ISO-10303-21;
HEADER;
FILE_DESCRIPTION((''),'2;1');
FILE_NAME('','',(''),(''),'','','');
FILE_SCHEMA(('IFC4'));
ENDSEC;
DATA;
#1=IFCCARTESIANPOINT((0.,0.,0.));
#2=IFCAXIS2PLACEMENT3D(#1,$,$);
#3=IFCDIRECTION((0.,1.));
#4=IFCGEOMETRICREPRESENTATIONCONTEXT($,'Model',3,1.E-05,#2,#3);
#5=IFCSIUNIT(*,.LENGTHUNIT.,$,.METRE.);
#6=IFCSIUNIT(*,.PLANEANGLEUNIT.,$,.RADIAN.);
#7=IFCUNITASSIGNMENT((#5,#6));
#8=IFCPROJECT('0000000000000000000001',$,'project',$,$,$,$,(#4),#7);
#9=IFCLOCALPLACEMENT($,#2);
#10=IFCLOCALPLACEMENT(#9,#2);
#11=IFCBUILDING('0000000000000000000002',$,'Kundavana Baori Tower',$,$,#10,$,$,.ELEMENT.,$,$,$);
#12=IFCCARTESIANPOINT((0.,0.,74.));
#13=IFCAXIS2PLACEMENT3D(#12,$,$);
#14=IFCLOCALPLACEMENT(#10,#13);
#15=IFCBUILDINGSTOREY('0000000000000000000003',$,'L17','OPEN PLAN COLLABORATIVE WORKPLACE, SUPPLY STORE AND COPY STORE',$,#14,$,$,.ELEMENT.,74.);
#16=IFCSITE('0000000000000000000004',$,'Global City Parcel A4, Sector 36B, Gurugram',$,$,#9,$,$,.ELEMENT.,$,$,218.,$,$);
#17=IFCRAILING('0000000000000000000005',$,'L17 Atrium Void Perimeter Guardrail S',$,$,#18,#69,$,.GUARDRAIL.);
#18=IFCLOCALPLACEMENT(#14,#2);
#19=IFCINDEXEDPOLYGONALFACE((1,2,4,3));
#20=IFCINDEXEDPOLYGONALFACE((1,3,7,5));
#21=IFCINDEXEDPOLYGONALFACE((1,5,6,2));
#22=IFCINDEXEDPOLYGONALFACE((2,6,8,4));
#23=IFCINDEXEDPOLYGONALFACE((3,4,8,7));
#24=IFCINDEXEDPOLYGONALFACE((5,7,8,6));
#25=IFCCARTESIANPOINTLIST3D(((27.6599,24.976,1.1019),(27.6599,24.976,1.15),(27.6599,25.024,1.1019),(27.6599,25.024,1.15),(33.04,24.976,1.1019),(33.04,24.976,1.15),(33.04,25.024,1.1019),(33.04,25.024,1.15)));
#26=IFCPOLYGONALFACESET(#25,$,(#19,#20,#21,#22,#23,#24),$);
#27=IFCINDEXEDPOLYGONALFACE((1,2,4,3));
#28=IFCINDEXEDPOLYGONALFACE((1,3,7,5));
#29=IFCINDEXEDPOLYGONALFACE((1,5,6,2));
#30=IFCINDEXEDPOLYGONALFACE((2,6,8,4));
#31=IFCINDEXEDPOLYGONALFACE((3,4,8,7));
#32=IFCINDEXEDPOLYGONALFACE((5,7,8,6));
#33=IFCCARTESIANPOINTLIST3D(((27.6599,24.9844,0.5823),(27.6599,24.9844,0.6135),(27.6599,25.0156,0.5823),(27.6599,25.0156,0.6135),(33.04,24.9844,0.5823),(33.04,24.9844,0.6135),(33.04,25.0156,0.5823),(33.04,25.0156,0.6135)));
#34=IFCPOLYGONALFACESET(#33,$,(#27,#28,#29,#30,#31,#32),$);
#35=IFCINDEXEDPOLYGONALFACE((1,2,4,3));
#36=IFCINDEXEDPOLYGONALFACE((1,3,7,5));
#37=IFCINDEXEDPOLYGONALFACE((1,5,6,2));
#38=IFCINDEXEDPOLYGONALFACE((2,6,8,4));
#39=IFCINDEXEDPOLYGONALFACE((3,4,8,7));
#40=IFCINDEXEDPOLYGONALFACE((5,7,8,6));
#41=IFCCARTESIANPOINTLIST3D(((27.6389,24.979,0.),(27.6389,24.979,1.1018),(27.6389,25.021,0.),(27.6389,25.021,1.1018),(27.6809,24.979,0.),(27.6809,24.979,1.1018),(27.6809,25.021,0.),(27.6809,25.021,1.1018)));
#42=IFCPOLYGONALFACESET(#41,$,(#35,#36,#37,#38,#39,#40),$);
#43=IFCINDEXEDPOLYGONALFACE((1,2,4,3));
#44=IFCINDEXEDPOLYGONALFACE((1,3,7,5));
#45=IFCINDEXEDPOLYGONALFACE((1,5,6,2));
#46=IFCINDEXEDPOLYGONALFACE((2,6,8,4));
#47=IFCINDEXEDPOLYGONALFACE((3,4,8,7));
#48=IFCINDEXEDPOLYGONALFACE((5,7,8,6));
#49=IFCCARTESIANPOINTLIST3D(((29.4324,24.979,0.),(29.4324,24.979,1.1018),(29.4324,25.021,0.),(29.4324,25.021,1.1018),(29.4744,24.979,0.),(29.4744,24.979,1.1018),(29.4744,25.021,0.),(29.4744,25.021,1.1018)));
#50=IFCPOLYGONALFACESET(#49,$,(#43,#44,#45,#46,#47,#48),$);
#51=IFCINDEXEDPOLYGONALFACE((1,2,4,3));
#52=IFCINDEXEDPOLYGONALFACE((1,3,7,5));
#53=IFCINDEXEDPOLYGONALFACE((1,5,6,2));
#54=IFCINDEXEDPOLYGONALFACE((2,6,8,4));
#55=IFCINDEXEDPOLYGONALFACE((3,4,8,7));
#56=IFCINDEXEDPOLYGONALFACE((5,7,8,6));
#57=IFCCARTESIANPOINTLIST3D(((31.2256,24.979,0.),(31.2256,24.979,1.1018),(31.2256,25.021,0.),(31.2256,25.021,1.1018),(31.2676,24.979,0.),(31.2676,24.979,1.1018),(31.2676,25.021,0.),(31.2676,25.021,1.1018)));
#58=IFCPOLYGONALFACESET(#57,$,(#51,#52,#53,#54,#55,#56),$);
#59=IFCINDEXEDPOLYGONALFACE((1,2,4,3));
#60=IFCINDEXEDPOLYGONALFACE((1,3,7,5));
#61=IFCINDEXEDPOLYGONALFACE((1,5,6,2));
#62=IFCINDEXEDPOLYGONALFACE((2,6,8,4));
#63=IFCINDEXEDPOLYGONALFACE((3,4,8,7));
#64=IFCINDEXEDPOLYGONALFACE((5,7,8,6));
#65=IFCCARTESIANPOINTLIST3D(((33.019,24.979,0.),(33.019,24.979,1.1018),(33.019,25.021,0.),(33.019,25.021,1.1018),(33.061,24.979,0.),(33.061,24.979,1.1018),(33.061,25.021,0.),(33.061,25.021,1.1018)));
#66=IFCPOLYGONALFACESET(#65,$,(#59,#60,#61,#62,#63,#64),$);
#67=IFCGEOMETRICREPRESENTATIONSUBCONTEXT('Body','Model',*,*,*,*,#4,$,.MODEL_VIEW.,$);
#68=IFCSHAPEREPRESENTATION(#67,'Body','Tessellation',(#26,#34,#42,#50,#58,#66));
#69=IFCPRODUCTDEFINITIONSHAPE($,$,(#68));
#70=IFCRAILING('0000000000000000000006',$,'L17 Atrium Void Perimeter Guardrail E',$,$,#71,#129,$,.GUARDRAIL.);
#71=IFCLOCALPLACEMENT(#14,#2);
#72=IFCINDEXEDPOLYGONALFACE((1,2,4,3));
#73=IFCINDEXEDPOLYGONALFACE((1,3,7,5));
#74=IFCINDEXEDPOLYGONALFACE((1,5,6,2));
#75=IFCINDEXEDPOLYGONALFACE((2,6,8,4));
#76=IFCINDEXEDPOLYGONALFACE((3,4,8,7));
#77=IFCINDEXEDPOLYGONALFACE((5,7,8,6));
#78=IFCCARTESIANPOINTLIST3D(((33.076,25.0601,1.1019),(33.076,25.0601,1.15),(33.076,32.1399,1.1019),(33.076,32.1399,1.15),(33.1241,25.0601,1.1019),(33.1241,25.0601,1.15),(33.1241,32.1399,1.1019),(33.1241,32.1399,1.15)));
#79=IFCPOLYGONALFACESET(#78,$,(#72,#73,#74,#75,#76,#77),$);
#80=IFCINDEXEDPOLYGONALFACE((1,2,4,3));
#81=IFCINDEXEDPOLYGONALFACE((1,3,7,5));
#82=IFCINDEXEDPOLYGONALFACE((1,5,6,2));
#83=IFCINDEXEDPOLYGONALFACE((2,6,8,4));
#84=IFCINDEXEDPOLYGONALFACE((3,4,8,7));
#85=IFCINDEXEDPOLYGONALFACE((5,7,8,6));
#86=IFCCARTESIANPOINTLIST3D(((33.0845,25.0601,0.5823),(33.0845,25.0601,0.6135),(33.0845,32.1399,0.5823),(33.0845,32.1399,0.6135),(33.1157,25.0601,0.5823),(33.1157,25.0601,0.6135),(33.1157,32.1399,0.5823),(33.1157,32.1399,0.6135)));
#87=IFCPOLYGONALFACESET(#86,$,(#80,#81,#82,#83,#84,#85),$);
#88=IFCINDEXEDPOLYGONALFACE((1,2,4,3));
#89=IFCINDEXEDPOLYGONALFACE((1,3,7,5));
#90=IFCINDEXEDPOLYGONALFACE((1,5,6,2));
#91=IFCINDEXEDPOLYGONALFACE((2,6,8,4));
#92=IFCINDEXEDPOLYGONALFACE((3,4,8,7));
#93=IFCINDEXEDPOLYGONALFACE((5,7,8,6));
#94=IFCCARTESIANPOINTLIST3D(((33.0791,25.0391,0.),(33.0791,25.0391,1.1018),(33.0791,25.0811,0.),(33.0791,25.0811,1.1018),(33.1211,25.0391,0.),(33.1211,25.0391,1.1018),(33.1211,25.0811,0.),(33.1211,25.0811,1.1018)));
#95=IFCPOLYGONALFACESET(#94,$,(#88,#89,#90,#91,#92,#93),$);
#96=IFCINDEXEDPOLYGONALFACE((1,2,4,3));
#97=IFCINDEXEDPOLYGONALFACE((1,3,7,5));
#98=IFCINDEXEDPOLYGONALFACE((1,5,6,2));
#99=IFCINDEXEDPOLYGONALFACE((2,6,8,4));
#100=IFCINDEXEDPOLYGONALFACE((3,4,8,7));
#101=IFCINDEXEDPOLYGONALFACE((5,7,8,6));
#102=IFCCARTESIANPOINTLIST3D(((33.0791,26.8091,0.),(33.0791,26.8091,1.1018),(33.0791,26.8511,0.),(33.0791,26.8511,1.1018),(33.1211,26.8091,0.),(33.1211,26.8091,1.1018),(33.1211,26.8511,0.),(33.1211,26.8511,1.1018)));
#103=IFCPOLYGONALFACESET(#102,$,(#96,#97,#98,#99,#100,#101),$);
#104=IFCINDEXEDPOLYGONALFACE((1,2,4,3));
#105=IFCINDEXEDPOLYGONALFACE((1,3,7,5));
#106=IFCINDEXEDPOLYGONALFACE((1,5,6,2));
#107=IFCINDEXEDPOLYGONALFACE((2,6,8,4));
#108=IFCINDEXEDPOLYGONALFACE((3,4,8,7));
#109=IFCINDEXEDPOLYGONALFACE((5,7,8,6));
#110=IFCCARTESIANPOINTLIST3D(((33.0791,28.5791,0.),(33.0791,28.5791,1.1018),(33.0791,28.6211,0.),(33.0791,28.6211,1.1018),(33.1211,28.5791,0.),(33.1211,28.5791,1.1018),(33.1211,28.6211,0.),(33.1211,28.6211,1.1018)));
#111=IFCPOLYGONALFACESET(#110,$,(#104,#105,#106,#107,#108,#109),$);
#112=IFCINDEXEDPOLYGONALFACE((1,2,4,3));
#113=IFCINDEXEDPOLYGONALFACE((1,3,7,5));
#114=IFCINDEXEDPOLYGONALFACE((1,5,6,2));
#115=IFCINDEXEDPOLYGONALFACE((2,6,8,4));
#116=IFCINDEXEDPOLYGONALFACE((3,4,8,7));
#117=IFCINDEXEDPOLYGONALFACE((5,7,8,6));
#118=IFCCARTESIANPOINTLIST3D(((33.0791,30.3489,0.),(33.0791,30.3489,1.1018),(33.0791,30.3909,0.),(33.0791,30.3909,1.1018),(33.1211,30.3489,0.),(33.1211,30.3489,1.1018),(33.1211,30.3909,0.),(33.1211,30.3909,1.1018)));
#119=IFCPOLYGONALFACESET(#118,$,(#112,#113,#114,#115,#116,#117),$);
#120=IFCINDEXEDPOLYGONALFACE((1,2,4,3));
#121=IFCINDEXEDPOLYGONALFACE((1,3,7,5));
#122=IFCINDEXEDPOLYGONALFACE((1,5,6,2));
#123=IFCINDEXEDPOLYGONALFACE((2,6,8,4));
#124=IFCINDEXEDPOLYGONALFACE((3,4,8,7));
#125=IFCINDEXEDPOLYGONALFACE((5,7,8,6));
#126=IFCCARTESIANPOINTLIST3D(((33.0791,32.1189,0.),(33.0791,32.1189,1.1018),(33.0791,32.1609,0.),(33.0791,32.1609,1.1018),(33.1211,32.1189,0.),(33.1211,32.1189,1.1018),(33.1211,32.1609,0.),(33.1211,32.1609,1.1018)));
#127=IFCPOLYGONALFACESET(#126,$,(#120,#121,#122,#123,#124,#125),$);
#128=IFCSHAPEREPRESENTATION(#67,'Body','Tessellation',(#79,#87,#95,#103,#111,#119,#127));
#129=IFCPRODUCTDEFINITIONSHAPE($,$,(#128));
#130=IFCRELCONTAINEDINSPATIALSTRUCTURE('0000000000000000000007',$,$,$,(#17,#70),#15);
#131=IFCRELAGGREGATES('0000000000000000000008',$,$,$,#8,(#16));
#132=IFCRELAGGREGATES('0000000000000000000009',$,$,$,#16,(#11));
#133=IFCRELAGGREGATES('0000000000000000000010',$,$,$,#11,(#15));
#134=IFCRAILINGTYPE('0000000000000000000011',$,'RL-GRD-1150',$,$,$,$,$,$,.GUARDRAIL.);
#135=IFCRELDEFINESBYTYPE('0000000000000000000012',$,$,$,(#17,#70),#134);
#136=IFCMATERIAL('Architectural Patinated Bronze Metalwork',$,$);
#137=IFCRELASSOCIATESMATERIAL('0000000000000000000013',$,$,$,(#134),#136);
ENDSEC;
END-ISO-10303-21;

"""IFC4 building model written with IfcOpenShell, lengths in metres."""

from ifc_helpers import new_model, si_unit, direction, frame, origin, origin_2d, place, context, subcontext, project, spatial, rectangle, extrude, material, type_object, element, save


model = new_model("IFC4")

# Units and contexts
model_context = context("Model", 3, precision=1e-05, world=origin(), true_north=direction((0.0, 1.0)))
body_context = subcontext(model_context, "Body", "Model", "MODEL_VIEW")
ifc_project = project(units=[si_unit("LENGTHUNIT", "METRE"), si_unit("PLANEANGLEUNIT", "RADIAN")], contexts=[model_context])

# Site, building, storey
site_placement = place(None, origin())
site = spatial("IfcSite", under=ifc_project, at=site_placement, Name="Global City Parcel A4, Sector 36B, Gurugram", CompositionType="ELEMENT", RefElevation=218.0)
building_placement = place(site_placement, origin())
building = spatial("IfcBuilding", under=site, at=building_placement, Name="Kundavana Baori Tower", CompositionType="ELEMENT")
storey_placement = place(building_placement, frame((0.0, 0.0, 74.0)))
storey = spatial("IfcBuildingStorey", under=building, at=storey_placement, Name="L17", Description="OPEN PLAN COLLABORATIVE WORKPLACE, SUPPLY STORE AND COPY STORE", CompositionType="ELEMENT", Elevation=74.0)

# Railings
ifc_material_1 = material(Name="Architectural Patinated Bronze Metalwork")
railing_type = type_object("IfcRailingType", Name="RL-GRD-1150", PredefinedType="GUARDRAIL", material=ifc_material_1)
railing_1_placement = place(storey_placement, frame((27.6599, 25.0, 0.0)))
element("IfcRailing", 1, at=railing_1_placement, inside=storey, type_object=railing_type, Name="L17 Atrium Void Perimeter Guardrail S", PredefinedType="GUARDRAIL", context=body_context, shape_type="SweptSolid", body=[
    extrude(rectangle(XDim=0.0481, YDim=0.0481, at=origin_2d()), frame((0.0, 0.0, 1.126), z_axis=(1.0, 0.0, 0.0), x_axis=(0.0, 1.0, 0.0)), (0.0, 0.0, 1.0), 5.3801),
    extrude(rectangle(XDim=0.0312, YDim=0.0312, at=origin_2d()), frame((0.0, 0.0, 0.5979), z_axis=(1.0, 0.0, 0.0), x_axis=(0.0, 1.0, 0.0)), (0.0, 0.0, 1.0), 5.3801),
    extrude(rectangle(XDim=0.042, YDim=0.042, at=origin_2d()), origin(), (0.0, 0.0, 1.0), 1.1018),
    extrude(rectangle(XDim=0.042, YDim=0.042, at=origin_2d()), frame((1.7935, 0.0, 0.0)), (0.0, 0.0, 1.0), 1.1018),
    extrude(rectangle(XDim=0.042, YDim=0.042, at=origin_2d()), frame((3.5867, 0.0, 0.0)), (0.0, 0.0, 1.0), 1.1018),
    extrude(rectangle(XDim=0.042, YDim=0.042, at=origin_2d()), frame((5.3801, 0.0, 0.0)), (0.0, 0.0, 1.0), 1.1018),
])
railing_2_placement = place(storey_placement, frame((33.1001, 25.0601, 0.0)))
element("IfcRailing", 2, at=railing_2_placement, inside=storey, type_object=railing_type, Name="L17 Atrium Void Perimeter Guardrail E", PredefinedType="GUARDRAIL", context=body_context, shape_type="SweptSolid", body=[
    extrude(rectangle(XDim=0.0481, YDim=0.0481, at=origin_2d()), frame((0.0, 0.0, 1.126), z_axis=(0.0, 1.0, 0.0), x_axis=(-1.0, 0.0, 0.0)), (0.0, 0.0, 1.0), 7.0798),
    extrude(rectangle(XDim=0.0312, YDim=0.0312, at=origin_2d()), frame((0.0, 0.0, 0.5979), z_axis=(0.0, 1.0, 0.0), x_axis=(-1.0, 0.0, 0.0)), (0.0, 0.0, 1.0), 7.0798),
    extrude(rectangle(XDim=0.042, YDim=0.042, at=origin_2d()), origin(), (0.0, 0.0, 1.0), 1.1018),
    extrude(rectangle(XDim=0.042, YDim=0.042, at=origin_2d()), frame((0.0, 1.77, 0.0)), (0.0, 0.0, 1.0), 1.1018),
    extrude(rectangle(XDim=0.042, YDim=0.042, at=origin_2d()), frame((0.0, 3.54, 0.0)), (0.0, 0.0, 1.0), 1.1018),
    extrude(rectangle(XDim=0.042, YDim=0.042, at=origin_2d()), frame((0.0, 5.3098, 0.0)), (0.0, 0.0, 1.0), 1.1018),
    extrude(rectangle(XDim=0.042, YDim=0.042, at=origin_2d()), frame((0.0, 7.0798, 0.0)), (0.0, 0.0, 1.0), 1.1018),
])

save(model, "model.ifc")
